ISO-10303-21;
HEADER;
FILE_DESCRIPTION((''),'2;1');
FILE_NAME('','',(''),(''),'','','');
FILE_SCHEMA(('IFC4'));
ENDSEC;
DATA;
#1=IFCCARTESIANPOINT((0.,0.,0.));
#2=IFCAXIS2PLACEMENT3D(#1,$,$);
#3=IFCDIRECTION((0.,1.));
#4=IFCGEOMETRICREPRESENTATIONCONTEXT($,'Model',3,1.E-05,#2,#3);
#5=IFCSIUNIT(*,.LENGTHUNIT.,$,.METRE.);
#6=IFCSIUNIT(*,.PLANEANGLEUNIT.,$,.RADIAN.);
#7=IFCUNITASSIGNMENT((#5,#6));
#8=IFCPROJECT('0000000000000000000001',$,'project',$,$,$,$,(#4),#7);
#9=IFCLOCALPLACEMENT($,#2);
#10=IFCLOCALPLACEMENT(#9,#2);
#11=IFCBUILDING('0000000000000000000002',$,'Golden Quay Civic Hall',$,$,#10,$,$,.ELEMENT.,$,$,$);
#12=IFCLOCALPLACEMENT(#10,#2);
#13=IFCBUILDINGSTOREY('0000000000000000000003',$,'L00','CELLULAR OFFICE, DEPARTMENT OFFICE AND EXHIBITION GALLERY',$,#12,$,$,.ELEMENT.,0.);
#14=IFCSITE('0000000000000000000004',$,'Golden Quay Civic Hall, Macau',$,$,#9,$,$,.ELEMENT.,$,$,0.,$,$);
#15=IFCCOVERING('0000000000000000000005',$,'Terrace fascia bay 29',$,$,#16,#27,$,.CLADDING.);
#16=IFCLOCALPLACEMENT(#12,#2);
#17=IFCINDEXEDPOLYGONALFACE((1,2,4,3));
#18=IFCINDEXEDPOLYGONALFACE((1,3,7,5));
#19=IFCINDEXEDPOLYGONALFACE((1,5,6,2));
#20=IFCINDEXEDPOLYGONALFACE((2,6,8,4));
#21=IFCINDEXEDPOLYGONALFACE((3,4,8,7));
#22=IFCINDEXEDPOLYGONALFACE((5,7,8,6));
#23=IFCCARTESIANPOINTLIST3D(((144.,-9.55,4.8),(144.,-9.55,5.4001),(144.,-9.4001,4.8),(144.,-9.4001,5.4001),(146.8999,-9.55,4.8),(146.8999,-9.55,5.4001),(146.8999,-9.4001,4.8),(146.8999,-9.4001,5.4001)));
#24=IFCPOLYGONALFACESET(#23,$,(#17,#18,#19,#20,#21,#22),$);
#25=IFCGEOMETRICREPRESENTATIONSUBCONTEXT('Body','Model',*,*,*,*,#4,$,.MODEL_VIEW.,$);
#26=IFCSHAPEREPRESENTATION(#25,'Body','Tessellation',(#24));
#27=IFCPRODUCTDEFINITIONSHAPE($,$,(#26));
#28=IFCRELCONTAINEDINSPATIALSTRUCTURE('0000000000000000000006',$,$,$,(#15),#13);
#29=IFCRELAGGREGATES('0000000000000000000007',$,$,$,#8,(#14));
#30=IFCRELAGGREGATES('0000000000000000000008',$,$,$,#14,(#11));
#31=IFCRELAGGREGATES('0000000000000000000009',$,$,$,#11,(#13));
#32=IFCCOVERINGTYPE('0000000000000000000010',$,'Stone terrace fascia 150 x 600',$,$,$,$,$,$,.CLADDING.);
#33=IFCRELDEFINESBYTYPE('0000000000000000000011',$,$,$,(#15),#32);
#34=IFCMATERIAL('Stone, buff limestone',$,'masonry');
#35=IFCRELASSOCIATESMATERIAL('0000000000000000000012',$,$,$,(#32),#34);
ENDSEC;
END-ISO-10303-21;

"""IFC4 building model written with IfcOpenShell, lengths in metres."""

from ifc_helpers import new_model, si_unit, direction, frame, origin, origin_2d, place, context, subcontext, project, spatial, rectangle, extrude, material, material_profile, profile_set, type_object, element, save


model = new_model("IFC4")

# Units and contexts
model_context = context("Model", 3, precision=1e-05, world=origin(), true_north=direction((0.0, 1.0)))
body_context = subcontext(model_context, "Body", "Model", "MODEL_VIEW")
ifc_project = project(units=[si_unit("LENGTHUNIT", "METRE"), si_unit("PLANEANGLEUNIT", "RADIAN")], contexts=[model_context])

# Site, building, storey
site_placement = place(None, origin())
site = spatial("IfcSite", under=ifc_project, at=site_placement, Name="Golden Quay Civic Hall, Macau", CompositionType="ELEMENT", RefElevation=0.0)
building_placement = place(site_placement, origin())
building = spatial("IfcBuilding", under=site, at=building_placement, Name="Golden Quay Civic Hall", CompositionType="ELEMENT")
storey_placement = place(building_placement, origin())
storey = spatial("IfcBuildingStorey", under=building, at=storey_placement, Name="L00", Description="CELLULAR OFFICE, DEPARTMENT OFFICE AND EXHIBITION GALLERY", CompositionType="ELEMENT", Elevation=0.0)

# Covering
ifc_material_1 = material(Name="Stone, buff limestone", Category="masonry")
ifc_material_profile_1 = material_profile(ifc_material_1, rectangle(XDim=0.1499, YDim=0.6001, at=origin_2d()), Name="RC 150x600")
ifc_profile_set_1 = profile_set([ifc_material_profile_1], Name="Stone, buff limestone")
covering_type_1 = type_object("IfcCoveringType", Name="Stone terrace fascia 150 x 600", PredefinedType="CLADDING", material=ifc_profile_set_1)
covering_1_placement = place(storey_placement, frame((144.0, -9.4751, 5.1001), z_axis=(1.0, 0.0, 0.0), x_axis=(0.0, 1.0, 0.0)))
element("IfcCovering", 1, at=covering_1_placement, inside=storey, type_object=covering_type_1, Name="Terrace fascia bay 29", PredefinedType="CLADDING", context=body_context, shape_type="SweptSolid", body=[
    extrude(rectangle(XDim=0.1499, YDim=0.6001, at=origin_2d()), origin(), (0.0, 0.0, 1.0), 2.8999),
])

save(model, "model.ifc")
